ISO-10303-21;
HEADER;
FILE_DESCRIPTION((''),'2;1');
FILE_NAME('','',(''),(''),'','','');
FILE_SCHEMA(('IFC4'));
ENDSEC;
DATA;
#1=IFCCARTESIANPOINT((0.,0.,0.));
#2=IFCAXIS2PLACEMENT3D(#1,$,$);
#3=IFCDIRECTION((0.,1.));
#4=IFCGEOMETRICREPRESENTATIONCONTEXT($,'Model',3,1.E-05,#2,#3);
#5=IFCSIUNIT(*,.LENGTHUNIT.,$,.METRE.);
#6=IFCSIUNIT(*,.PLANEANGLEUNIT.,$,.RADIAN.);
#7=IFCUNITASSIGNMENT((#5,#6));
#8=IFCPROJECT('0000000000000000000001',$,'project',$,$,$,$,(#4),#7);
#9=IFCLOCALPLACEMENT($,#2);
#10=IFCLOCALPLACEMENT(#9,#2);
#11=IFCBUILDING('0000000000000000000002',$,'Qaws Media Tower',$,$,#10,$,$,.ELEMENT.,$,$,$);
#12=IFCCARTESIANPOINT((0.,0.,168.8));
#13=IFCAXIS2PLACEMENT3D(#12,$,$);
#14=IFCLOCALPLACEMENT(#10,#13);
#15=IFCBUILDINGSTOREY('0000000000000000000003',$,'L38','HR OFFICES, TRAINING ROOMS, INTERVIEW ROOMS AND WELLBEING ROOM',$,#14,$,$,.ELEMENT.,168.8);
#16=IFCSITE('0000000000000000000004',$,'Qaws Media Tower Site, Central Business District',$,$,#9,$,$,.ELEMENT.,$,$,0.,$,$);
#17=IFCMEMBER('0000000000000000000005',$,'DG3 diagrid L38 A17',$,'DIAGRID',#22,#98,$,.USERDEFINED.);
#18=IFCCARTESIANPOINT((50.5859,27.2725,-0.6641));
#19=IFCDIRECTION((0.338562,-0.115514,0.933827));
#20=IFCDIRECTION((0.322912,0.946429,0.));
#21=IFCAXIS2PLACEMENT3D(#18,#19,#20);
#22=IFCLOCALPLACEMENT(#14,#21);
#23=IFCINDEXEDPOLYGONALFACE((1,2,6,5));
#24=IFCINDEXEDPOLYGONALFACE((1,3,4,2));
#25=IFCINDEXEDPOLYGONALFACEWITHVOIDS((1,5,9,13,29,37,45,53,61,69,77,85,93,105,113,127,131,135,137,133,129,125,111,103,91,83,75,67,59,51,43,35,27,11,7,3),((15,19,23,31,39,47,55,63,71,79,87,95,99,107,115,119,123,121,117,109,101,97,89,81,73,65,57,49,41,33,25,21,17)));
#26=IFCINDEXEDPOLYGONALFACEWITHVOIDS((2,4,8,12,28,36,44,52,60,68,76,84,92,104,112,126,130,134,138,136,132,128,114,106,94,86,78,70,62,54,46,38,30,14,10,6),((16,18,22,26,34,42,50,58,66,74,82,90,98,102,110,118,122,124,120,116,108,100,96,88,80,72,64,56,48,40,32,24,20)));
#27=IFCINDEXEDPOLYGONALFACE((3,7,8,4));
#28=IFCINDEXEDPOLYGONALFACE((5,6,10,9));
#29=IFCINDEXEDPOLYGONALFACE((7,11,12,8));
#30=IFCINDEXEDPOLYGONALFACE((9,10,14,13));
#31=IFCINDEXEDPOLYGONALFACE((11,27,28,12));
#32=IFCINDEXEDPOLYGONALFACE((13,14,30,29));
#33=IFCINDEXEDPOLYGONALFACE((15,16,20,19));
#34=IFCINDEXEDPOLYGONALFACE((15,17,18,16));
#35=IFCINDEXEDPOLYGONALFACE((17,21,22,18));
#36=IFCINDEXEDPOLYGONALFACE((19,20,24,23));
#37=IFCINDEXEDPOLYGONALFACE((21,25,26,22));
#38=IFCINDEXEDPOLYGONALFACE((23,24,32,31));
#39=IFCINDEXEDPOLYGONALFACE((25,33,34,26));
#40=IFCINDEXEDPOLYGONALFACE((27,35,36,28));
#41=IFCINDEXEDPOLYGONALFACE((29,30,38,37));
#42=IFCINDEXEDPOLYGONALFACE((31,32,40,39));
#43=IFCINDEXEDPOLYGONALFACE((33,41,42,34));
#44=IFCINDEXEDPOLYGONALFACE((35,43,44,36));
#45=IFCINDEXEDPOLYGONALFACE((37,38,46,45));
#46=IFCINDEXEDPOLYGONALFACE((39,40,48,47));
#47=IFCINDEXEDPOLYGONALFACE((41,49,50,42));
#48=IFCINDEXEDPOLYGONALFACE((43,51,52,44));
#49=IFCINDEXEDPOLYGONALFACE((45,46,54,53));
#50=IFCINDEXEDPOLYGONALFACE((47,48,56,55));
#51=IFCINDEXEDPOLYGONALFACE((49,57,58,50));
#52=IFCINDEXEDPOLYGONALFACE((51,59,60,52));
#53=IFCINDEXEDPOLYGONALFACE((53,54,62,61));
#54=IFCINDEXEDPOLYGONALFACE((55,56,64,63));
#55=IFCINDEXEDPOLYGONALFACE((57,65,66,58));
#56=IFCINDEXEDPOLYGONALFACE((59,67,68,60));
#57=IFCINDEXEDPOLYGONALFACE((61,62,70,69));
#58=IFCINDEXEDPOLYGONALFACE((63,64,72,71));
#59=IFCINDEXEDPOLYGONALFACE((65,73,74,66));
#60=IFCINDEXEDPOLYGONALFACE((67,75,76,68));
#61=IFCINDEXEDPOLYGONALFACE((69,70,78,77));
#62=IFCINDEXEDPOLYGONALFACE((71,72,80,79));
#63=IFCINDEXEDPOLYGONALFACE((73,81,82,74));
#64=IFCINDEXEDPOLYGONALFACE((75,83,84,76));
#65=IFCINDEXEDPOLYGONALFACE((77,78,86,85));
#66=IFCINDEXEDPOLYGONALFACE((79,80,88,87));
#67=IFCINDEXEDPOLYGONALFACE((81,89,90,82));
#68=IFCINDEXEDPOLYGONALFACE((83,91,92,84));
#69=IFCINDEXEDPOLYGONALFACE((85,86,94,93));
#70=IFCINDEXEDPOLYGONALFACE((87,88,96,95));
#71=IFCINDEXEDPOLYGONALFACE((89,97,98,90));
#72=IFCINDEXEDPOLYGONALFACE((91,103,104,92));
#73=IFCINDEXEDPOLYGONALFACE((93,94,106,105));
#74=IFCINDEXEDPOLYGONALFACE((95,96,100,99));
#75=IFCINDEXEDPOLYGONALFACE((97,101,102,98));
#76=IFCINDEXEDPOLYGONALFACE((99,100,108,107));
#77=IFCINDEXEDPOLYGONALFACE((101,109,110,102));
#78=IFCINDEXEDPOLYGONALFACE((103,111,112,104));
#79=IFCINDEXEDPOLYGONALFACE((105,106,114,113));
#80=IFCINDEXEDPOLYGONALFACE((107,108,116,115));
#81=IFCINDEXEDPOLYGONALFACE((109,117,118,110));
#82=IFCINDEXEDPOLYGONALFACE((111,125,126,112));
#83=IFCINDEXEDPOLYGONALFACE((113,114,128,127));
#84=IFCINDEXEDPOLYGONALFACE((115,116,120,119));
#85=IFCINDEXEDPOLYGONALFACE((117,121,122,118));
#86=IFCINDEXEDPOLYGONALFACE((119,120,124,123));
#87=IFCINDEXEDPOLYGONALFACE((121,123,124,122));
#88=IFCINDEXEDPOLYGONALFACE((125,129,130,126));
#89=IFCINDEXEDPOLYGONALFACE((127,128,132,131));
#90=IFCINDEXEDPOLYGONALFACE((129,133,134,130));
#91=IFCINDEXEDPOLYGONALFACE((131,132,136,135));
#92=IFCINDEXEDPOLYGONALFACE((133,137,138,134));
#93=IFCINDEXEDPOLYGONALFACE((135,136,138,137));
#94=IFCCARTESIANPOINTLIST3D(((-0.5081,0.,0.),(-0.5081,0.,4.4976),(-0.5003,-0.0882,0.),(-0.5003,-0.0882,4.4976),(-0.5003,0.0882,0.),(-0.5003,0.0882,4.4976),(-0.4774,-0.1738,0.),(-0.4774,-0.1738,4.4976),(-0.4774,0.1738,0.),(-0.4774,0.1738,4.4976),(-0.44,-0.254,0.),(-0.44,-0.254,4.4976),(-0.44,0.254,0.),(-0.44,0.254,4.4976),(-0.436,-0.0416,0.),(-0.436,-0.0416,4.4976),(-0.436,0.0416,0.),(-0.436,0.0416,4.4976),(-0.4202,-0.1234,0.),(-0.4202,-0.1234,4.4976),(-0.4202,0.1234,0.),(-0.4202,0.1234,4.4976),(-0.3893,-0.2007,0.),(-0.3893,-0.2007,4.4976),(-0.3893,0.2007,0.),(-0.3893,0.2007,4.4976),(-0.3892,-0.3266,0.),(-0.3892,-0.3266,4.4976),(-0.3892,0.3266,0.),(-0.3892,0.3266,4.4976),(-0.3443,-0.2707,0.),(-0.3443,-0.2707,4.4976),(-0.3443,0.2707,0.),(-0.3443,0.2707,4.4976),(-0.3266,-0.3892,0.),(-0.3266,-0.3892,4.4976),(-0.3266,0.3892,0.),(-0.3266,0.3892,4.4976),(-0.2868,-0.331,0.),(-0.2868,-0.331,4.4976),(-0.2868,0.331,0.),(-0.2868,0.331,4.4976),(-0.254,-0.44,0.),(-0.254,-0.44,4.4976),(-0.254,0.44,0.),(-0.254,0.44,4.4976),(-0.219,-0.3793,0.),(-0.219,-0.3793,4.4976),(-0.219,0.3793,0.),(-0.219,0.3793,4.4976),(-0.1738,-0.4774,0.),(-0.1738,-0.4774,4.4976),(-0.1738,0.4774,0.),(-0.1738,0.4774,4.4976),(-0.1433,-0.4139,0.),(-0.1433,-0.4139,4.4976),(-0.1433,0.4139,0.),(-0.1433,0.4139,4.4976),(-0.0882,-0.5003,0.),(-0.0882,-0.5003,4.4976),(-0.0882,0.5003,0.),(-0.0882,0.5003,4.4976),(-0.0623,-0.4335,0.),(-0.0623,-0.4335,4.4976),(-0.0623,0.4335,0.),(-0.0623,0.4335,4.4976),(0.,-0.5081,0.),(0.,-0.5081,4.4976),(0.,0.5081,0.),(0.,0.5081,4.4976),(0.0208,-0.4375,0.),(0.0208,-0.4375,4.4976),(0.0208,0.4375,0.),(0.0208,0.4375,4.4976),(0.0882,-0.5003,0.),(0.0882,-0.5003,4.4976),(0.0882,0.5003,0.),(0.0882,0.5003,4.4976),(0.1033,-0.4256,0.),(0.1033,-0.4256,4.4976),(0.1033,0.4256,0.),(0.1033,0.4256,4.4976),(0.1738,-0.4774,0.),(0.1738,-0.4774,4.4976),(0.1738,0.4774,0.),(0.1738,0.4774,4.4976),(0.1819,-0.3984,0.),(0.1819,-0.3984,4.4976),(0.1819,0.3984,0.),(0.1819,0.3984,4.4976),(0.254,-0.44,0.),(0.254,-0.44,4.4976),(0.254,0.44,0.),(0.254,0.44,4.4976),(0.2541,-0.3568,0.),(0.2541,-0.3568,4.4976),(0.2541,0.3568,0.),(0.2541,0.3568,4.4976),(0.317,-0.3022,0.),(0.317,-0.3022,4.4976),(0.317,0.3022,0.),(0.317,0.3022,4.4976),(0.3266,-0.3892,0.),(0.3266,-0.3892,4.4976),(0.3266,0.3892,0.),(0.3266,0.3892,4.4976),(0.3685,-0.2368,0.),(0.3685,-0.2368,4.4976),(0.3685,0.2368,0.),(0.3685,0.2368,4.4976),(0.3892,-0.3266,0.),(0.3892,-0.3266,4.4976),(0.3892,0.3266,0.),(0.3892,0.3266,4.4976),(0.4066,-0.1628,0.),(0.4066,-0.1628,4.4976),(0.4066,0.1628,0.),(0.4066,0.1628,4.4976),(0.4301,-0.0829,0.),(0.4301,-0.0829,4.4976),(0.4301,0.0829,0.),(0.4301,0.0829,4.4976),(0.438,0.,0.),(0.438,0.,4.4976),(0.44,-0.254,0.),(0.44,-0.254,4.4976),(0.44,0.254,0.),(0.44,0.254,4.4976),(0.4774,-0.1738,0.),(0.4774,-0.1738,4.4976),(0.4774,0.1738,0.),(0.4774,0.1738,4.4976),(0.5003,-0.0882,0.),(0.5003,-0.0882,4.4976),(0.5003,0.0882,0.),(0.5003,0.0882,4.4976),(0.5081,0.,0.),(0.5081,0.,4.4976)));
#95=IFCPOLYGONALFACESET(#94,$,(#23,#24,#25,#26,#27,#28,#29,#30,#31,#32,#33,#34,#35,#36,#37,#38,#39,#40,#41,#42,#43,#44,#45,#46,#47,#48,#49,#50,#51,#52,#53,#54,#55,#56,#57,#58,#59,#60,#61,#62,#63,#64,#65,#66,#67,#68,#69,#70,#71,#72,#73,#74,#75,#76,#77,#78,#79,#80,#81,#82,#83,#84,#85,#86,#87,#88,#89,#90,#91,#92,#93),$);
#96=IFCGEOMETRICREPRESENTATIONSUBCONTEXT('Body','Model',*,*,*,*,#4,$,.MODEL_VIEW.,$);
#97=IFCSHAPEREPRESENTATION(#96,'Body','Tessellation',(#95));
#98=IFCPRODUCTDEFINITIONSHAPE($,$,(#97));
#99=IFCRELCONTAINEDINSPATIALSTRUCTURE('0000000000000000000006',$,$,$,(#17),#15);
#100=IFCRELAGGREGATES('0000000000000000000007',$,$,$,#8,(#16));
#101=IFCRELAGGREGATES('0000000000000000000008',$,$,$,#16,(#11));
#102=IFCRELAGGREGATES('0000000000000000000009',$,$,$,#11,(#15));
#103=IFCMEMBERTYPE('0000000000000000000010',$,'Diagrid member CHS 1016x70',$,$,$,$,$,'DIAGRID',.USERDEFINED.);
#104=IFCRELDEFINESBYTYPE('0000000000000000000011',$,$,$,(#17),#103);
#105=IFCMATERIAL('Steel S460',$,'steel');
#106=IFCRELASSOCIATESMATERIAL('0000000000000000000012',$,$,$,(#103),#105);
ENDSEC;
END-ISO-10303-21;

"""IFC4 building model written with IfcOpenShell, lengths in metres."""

from ifc_helpers import new_model, si_unit, direction, frame, origin, origin_2d, place, context, subcontext, project, spatial, hollow_circle, extrude, material, material_profile, profile_set, type_object, element, save


model = new_model("IFC4")

# Units and contexts
model_context = context("Model", 3, precision=1e-05, world=origin(), true_north=direction((0.0, 1.0)))
body_context = subcontext(model_context, "Body", "Model", "MODEL_VIEW")
ifc_project = project(units=[si_unit("LENGTHUNIT", "METRE"), si_unit("PLANEANGLEUNIT", "RADIAN")], contexts=[model_context])

# Site, building, storey
site_placement = place(None, origin())
site = spatial("IfcSite", under=ifc_project, at=site_placement, Name="Qaws Media Tower Site, Central Business District", CompositionType="ELEMENT", RefElevation=0.0)
building_placement = place(site_placement, origin())
building = spatial("IfcBuilding", under=site, at=building_placement, Name="Qaws Media Tower", CompositionType="ELEMENT")
storey_placement = place(building_placement, frame((0.0, 0.0, 168.8)))
storey = spatial("IfcBuildingStorey", under=building, at=storey_placement, Name="L38", Description="HR OFFICES, TRAINING ROOMS, INTERVIEW ROOMS AND WELLBEING ROOM", CompositionType="ELEMENT", Elevation=168.8)

# Member
ifc_material_1 = material(Name="Steel S460", Category="steel")
ifc_material_profile_1 = material_profile(ifc_material_1, hollow_circle(Radius=0.5081, WallThickness=0.0701, at=origin_2d()), Name="CHS 1016x70")
ifc_profile_set_1 = profile_set([ifc_material_profile_1], Name="Steel S460")
member_type_1 = type_object("IfcMemberType", Name="Diagrid member CHS 1016x70", ElementType="DIAGRID", PredefinedType="USERDEFINED", material=ifc_profile_set_1)
for number, where, z_axis, x_axis, name in (
    (1, (50.5859, 27.2725, -0.6641), (0.338562, -0.115514, 0.933827), (0.322912, 0.946429, 0.0), "DG3 diagrid L38 A17"),
):
    element("IfcMember", number, at=place(storey_placement, frame(where, z_axis=z_axis, x_axis=x_axis)), inside=storey, type_object=member_type_1, Name=name, ObjectType="DIAGRID", PredefinedType="USERDEFINED", context=body_context, shape_type="SweptSolid", body=[
        extrude(hollow_circle(Radius=0.5081, WallThickness=0.0701, at=origin_2d()), origin(), (0.0, 0.0, 1.0), 4.4976),
    ])

save(model, "model.ifc")
